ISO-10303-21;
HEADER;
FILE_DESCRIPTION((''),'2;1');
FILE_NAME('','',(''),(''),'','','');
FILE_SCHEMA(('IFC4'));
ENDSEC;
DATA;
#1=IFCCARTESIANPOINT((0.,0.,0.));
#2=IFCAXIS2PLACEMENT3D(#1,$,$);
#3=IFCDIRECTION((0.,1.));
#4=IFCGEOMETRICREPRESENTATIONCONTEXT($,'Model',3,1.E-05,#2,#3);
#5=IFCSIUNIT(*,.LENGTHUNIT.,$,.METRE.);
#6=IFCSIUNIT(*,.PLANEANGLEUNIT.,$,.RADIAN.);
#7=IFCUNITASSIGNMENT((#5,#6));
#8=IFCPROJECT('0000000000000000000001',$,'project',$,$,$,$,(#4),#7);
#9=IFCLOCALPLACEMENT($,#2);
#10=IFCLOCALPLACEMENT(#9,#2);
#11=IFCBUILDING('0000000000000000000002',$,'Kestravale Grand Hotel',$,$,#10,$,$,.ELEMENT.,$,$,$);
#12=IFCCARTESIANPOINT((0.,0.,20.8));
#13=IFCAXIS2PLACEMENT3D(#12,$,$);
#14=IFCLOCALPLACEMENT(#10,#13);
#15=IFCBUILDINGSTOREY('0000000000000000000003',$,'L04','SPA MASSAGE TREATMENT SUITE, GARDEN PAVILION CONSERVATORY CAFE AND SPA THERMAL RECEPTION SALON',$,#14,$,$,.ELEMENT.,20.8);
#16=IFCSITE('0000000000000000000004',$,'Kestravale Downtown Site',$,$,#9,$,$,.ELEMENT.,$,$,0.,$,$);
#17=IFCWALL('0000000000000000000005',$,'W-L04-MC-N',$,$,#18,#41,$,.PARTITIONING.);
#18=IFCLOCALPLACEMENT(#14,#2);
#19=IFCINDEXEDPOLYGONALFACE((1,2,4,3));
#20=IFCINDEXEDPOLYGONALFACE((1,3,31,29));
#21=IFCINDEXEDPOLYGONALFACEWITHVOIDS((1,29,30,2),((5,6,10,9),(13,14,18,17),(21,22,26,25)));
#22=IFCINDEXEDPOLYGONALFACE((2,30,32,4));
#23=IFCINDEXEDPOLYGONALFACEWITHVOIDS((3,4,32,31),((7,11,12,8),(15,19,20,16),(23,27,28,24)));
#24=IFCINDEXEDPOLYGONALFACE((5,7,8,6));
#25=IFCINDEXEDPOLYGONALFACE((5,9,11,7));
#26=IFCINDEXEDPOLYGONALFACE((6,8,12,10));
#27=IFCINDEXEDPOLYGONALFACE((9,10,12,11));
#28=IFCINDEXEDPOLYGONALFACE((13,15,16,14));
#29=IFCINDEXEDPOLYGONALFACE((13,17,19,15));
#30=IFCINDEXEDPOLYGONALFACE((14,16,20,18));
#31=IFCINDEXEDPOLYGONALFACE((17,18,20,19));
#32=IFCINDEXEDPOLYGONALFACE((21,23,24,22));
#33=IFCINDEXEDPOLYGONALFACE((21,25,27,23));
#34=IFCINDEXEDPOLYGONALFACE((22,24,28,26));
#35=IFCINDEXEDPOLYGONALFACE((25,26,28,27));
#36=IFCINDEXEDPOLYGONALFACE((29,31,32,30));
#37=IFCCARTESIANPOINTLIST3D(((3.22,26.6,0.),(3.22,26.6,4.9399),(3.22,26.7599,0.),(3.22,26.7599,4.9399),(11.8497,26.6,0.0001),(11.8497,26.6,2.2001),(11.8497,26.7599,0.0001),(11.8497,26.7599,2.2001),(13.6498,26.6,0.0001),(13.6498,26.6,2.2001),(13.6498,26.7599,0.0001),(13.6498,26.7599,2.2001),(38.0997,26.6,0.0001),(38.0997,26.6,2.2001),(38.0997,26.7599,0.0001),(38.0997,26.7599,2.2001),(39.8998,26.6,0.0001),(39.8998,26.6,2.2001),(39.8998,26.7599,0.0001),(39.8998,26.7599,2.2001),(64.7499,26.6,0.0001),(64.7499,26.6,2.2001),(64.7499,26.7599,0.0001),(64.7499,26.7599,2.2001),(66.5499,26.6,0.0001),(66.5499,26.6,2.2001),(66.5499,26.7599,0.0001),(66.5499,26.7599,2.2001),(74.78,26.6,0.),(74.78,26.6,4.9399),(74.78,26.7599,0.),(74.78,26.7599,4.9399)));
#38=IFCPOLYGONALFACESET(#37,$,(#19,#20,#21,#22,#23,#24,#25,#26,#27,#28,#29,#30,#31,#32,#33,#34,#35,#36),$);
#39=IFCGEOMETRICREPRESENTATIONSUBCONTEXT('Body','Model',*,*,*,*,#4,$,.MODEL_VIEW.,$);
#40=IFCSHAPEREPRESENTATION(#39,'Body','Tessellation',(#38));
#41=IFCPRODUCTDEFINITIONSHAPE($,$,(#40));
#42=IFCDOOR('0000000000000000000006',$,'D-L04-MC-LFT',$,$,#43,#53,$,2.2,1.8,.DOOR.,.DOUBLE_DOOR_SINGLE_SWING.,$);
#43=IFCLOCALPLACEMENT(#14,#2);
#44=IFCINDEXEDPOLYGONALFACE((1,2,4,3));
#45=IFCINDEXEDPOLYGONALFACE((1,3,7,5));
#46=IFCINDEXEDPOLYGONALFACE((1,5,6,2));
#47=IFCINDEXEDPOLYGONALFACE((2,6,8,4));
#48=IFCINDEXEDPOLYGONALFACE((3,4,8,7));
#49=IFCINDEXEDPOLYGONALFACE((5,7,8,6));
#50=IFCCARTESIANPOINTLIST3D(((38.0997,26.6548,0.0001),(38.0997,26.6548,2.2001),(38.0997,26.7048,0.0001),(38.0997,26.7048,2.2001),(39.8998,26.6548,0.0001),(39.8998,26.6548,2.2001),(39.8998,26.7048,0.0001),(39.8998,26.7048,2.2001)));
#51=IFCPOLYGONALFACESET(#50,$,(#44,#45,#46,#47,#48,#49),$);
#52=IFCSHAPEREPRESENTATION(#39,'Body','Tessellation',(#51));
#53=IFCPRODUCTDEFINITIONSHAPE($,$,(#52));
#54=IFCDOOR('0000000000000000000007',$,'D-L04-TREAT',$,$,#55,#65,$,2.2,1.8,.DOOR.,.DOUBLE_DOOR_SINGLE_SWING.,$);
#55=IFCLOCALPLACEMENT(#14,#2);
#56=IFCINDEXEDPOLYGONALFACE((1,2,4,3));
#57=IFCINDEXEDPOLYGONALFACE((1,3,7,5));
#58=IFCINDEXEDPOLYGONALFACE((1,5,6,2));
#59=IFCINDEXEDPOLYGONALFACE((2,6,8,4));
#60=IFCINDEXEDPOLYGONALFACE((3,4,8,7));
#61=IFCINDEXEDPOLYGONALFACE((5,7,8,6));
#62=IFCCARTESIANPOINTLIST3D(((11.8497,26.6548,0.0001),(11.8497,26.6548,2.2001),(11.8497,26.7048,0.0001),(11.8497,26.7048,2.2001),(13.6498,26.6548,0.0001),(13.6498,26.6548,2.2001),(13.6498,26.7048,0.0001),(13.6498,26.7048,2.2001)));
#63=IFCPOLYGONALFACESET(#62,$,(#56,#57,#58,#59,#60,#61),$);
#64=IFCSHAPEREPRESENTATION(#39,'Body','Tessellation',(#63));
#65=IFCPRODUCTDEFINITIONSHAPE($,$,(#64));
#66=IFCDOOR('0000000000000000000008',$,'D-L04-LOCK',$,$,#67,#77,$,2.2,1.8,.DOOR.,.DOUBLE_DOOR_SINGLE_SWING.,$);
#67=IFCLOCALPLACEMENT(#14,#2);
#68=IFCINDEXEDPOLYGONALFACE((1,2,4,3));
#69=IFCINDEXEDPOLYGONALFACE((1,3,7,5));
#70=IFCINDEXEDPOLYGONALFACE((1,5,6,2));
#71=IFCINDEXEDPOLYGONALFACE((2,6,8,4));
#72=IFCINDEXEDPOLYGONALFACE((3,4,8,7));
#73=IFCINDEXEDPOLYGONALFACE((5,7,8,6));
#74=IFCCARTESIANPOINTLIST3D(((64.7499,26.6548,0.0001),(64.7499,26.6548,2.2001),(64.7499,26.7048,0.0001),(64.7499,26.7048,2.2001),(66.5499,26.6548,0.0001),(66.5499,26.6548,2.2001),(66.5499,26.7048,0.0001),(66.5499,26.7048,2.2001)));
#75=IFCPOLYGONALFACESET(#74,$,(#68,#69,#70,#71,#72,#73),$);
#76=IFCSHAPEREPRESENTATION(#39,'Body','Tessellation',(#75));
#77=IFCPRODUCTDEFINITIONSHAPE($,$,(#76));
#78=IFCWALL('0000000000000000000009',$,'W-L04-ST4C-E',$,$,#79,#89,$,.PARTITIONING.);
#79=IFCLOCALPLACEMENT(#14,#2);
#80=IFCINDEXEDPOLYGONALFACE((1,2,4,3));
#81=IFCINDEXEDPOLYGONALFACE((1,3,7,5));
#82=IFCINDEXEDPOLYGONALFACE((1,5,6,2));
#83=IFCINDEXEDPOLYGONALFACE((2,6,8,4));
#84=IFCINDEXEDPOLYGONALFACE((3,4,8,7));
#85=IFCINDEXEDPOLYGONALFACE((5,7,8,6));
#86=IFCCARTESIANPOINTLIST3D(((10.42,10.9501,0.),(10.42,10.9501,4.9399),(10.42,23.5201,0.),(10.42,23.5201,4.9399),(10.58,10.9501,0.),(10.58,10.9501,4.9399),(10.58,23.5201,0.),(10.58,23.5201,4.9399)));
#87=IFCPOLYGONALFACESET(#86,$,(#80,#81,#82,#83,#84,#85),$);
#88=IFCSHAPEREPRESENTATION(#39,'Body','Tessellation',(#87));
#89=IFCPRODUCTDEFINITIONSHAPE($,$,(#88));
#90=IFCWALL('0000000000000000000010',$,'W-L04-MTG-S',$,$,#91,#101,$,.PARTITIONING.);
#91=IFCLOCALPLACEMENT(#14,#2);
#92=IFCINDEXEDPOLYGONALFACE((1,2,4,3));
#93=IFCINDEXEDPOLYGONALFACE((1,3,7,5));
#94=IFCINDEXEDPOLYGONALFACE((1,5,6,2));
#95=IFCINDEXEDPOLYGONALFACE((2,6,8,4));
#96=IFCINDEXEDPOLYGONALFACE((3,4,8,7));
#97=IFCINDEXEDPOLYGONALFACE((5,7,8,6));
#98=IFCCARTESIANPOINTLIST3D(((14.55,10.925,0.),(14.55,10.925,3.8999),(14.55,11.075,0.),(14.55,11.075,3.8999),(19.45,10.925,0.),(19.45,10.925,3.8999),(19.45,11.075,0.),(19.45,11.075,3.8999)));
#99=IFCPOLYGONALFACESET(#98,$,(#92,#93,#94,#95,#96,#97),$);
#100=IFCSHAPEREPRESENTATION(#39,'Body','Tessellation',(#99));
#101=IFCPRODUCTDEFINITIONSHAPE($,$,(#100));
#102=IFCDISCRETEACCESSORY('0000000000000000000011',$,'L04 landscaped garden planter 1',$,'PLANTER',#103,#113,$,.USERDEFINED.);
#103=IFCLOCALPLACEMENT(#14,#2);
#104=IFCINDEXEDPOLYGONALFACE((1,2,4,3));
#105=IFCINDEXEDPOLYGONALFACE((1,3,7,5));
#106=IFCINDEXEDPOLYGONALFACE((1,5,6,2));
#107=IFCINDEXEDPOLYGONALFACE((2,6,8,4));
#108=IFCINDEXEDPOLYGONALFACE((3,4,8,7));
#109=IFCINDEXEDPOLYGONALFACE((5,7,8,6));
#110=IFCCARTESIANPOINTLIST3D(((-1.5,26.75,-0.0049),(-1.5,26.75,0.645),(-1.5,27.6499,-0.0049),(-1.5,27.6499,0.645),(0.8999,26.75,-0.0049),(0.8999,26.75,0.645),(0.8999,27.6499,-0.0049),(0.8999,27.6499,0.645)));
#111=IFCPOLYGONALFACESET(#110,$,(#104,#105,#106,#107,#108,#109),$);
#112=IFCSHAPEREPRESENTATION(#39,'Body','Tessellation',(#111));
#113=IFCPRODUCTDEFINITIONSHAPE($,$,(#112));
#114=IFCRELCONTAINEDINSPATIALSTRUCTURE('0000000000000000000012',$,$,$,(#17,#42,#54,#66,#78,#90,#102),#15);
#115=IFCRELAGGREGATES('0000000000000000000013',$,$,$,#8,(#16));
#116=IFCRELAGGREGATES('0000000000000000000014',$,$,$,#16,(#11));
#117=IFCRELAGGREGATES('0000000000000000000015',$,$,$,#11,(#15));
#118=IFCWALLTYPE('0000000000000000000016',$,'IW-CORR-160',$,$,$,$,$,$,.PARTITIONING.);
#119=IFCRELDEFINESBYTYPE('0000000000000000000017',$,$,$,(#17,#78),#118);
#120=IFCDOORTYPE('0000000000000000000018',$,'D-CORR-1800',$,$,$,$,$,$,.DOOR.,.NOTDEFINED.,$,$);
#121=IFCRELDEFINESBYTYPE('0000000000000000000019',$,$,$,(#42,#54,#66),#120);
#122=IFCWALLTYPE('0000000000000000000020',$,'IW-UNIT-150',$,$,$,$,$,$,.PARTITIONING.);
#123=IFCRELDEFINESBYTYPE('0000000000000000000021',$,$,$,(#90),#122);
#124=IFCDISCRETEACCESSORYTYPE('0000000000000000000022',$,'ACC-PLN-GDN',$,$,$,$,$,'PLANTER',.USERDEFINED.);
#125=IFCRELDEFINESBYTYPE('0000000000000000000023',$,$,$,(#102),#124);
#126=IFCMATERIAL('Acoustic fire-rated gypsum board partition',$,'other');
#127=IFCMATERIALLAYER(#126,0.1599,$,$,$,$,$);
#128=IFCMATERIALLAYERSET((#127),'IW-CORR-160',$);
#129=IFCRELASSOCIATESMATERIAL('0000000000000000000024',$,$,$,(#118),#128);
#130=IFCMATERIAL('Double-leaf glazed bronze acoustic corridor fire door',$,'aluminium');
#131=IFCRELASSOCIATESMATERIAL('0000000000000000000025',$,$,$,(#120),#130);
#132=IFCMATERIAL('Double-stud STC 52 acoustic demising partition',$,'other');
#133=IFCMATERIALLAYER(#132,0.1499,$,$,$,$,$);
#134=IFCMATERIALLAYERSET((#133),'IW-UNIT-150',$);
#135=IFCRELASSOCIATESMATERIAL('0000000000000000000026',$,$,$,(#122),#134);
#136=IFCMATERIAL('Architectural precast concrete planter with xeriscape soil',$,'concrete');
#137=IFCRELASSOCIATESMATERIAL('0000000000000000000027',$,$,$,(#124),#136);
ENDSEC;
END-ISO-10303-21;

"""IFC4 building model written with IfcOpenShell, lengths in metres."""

from ifc_helpers import new_model, si_unit, direction, frame, frame_2d, origin, origin_2d, place, context, subcontext, project, spatial, rectangle, extrude, material, layer, layer_set, type_object, element, fill, save


model = new_model("IFC4")

# Units and contexts
model_context = context("Model", 3, precision=1e-05, world=origin(), true_north=direction((0.0, 1.0)))
body_context = subcontext(model_context, "Body", "Model", "MODEL_VIEW")
ifc_project = project(units=[si_unit("LENGTHUNIT", "METRE"), si_unit("PLANEANGLEUNIT", "RADIAN")], contexts=[model_context])

# Site, building, storey
site_placement = place(None, origin())
site = spatial("IfcSite", under=ifc_project, at=site_placement, Name="Kestravale Downtown Site", CompositionType="ELEMENT", RefElevation=0.0)
building_placement = place(site_placement, origin())
building = spatial("IfcBuilding", under=site, at=building_placement, Name="Kestravale Grand Hotel", CompositionType="ELEMENT")
storey_placement = place(building_placement, frame((0.0, 0.0, 20.8)))
storey = spatial("IfcBuildingStorey", under=building, at=storey_placement, Name="L04", Description="SPA MASSAGE TREATMENT SUITE, GARDEN PAVILION CONSERVATORY CAFE AND SPA THERMAL RECEPTION SALON", CompositionType="ELEMENT", Elevation=20.8)

# Wall, openings, doors
ifc_material_1 = material(Name="Acoustic fire-rated gypsum board partition", Category="other")
ifc_layer_1 = layer(ifc_material_1, 0.1599)
ifc_layer_set_1 = layer_set([ifc_layer_1], Name="IW-CORR-160")
wall_type_1 = type_object("IfcWallType", Name="IW-CORR-160", PredefinedType="PARTITIONING", material=ifc_layer_set_1)
wall_1_placement = place(storey_placement, frame((3.22, 26.6799, 0.0), z_axis=(0.0, 0.0, 1.0), x_axis=(1.0, 0.0, 0.0)))
wall_1 = element("IfcWall", 1, at=wall_1_placement, inside=storey, type_object=wall_type_1, Name="W-L04-MC-N", PredefinedType="PARTITIONING", context=body_context, shape_type="SweptSolid", body=[
    extrude(rectangle(XDim=71.5601, YDim=0.1599, at=frame_2d((35.78, 0.0))), origin(), (0.0, 0.0, 1.0), 4.9399),
])
opening_1_placement = place(wall_1_placement, frame((34.8799, 0.0, 0.0)))
opening_1 = element("IfcOpeningElement", 2, at=opening_1_placement, cuts=wall_1, PredefinedType="OPENING", context=body_context, shape_type="SweptSolid", body=[
    extrude(rectangle(XDim=1.8, YDim=2.2, at=frame_2d((0.8999, 1.1001))), frame((0.0, 0.0898, 0.0), z_axis=(0.0, -1.0, 0.0), x_axis=(1.0, 0.0, 0.0)), (0.0, 0.0, 1.0), 0.1799),
])
opening_2_placement = place(wall_1_placement, frame((8.6299, 0.0, 0.0)))
opening_2 = element("IfcOpeningElement", 3, at=opening_2_placement, cuts=wall_1, PredefinedType="OPENING", context=body_context, shape_type="SweptSolid", body=[
    extrude(rectangle(XDim=1.8, YDim=2.2, at=frame_2d((0.8999, 1.1001))), frame((0.0, 0.0898, 0.0), z_axis=(0.0, -1.0, 0.0), x_axis=(1.0, 0.0, 0.0)), (0.0, 0.0, 1.0), 0.1799),
])
opening_3_placement = place(wall_1_placement, frame((61.53, 0.0, 0.0)))
opening_3 = element("IfcOpeningElement", 4, at=opening_3_placement, cuts=wall_1, PredefinedType="OPENING", context=body_context, shape_type="SweptSolid", body=[
    extrude(rectangle(XDim=1.8, YDim=2.2, at=frame_2d((0.8999, 1.1001))), frame((0.0, 0.0898, 0.0), z_axis=(0.0, -1.0, 0.0), x_axis=(1.0, 0.0, 0.0)), (0.0, 0.0, 1.0), 0.1799),
])
ifc_material_2 = material(Name="Double-leaf glazed bronze acoustic corridor fire door", Category="aluminium")
door_type_1 = type_object("IfcDoorType", Name="D-CORR-1800", OperationType="NOTDEFINED", PredefinedType="DOOR", material=ifc_material_2)
door_1_placement = place(opening_1_placement, origin())
door_1 = element("IfcDoor", 5, at=door_1_placement, inside=storey, type_object=door_type_1, Name="D-L04-MC-LFT", OperationType="DOUBLE_DOOR_SINGLE_SWING", OverallHeight=2.2, OverallWidth=1.8, PredefinedType="DOOR", context=body_context, shape_type="SweptSolid", body=[
    extrude(rectangle(XDim=1.8, YDim=2.2, at=frame_2d((0.8999, 1.1001))), frame((0.0, 0.0249, 0.0), z_axis=(0.0, -1.0, 0.0), x_axis=(1.0, 0.0, 0.0)), (0.0, 0.0, 1.0), 0.05),
])
fill(opening_1, door_1)
door_2_placement = place(opening_2_placement, origin())
door_2 = element("IfcDoor", 6, at=door_2_placement, inside=storey, type_object=door_type_1, Name="D-L04-TREAT", OperationType="DOUBLE_DOOR_SINGLE_SWING", OverallHeight=2.2, OverallWidth=1.8, PredefinedType="DOOR", context=body_context, shape_type="SweptSolid", body=[
    extrude(rectangle(XDim=1.8, YDim=2.2, at=frame_2d((0.8999, 1.1001))), frame((0.0, 0.0249, 0.0), z_axis=(0.0, -1.0, 0.0), x_axis=(1.0, 0.0, 0.0)), (0.0, 0.0, 1.0), 0.05),
])
fill(opening_2, door_2)
door_3_placement = place(opening_3_placement, origin())
door_3 = element("IfcDoor", 7, at=door_3_placement, inside=storey, type_object=door_type_1, Name="D-L04-LOCK", OperationType="DOUBLE_DOOR_SINGLE_SWING", OverallHeight=2.2, OverallWidth=1.8, PredefinedType="DOOR", context=body_context, shape_type="SweptSolid", body=[
    extrude(rectangle(XDim=1.8, YDim=2.2, at=frame_2d((0.8999, 1.1001))), frame((0.0, 0.0249, 0.0), z_axis=(0.0, -1.0, 0.0), x_axis=(1.0, 0.0, 0.0)), (0.0, 0.0, 1.0), 0.05),
])
fill(opening_3, door_3)

# Walls
wall_2_placement = place(storey_placement, frame((10.5, 10.95, 0.0), z_axis=(0.0, 0.0, 1.0), x_axis=(0.0, 1.0, 0.0)))
element("IfcWall", 8, at=wall_2_placement, inside=storey, type_object=wall_type_1, Name="W-L04-ST4C-E", PredefinedType="PARTITIONING", context=body_context, shape_type="SweptSolid", body=[
    extrude(rectangle(XDim=12.5701, YDim=0.1599, at=frame_2d((6.2852, 0.0))), origin(), (0.0, 0.0, 1.0), 4.9399),
])
ifc_material_3 = material(Name="Double-stud STC 52 acoustic demising partition", Category="other")
ifc_layer_2 = layer(ifc_material_3, 0.1499)
ifc_layer_set_2 = layer_set([ifc_layer_2], Name="IW-UNIT-150")
wall_type_2 = type_object("IfcWallType", Name="IW-UNIT-150", PredefinedType="PARTITIONING", material=ifc_layer_set_2)
wall_3_placement = place(storey_placement, frame((14.55, 11.0, 0.0), z_axis=(0.0, 0.0, 1.0), x_axis=(1.0, 0.0, 0.0)))
element("IfcWall", 9, at=wall_3_placement, inside=storey, type_object=wall_type_2, Name="W-L04-MTG-S", PredefinedType="PARTITIONING", context=body_context, shape_type="SweptSolid", body=[
    extrude(rectangle(XDim=4.8999, YDim=0.1499, at=frame_2d((2.45, 0.0))), origin(), (0.0, 0.0, 1.0), 3.8999),
])

# Discrete accessory
ifc_material_4 = material(Name="Architectural precast concrete planter with xeriscape soil", Category="concrete")
discrete_accessory_type = type_object("IfcDiscreteAccessoryType", Name="ACC-PLN-GDN", ElementType="PLANTER", PredefinedType="USERDEFINED", material=ifc_material_4)
discrete_accessory_placement = place(storey_placement, frame((-0.3, 27.2, -0.0049), z_axis=(0.0, 0.0, 1.0), x_axis=(1.0, 0.0, 0.0)))
element("IfcDiscreteAccessory", 10, at=discrete_accessory_placement, inside=storey, type_object=discrete_accessory_type, Name="L04 landscaped garden planter 1", ObjectType="PLANTER", PredefinedType="USERDEFINED", context=body_context, shape_type="SweptSolid", body=[
    extrude(rectangle(XDim=2.3999, YDim=0.8999, at=origin_2d()), origin(), (0.0, 0.0, 1.0), 0.6499),
])

save(model, "model.ifc")
